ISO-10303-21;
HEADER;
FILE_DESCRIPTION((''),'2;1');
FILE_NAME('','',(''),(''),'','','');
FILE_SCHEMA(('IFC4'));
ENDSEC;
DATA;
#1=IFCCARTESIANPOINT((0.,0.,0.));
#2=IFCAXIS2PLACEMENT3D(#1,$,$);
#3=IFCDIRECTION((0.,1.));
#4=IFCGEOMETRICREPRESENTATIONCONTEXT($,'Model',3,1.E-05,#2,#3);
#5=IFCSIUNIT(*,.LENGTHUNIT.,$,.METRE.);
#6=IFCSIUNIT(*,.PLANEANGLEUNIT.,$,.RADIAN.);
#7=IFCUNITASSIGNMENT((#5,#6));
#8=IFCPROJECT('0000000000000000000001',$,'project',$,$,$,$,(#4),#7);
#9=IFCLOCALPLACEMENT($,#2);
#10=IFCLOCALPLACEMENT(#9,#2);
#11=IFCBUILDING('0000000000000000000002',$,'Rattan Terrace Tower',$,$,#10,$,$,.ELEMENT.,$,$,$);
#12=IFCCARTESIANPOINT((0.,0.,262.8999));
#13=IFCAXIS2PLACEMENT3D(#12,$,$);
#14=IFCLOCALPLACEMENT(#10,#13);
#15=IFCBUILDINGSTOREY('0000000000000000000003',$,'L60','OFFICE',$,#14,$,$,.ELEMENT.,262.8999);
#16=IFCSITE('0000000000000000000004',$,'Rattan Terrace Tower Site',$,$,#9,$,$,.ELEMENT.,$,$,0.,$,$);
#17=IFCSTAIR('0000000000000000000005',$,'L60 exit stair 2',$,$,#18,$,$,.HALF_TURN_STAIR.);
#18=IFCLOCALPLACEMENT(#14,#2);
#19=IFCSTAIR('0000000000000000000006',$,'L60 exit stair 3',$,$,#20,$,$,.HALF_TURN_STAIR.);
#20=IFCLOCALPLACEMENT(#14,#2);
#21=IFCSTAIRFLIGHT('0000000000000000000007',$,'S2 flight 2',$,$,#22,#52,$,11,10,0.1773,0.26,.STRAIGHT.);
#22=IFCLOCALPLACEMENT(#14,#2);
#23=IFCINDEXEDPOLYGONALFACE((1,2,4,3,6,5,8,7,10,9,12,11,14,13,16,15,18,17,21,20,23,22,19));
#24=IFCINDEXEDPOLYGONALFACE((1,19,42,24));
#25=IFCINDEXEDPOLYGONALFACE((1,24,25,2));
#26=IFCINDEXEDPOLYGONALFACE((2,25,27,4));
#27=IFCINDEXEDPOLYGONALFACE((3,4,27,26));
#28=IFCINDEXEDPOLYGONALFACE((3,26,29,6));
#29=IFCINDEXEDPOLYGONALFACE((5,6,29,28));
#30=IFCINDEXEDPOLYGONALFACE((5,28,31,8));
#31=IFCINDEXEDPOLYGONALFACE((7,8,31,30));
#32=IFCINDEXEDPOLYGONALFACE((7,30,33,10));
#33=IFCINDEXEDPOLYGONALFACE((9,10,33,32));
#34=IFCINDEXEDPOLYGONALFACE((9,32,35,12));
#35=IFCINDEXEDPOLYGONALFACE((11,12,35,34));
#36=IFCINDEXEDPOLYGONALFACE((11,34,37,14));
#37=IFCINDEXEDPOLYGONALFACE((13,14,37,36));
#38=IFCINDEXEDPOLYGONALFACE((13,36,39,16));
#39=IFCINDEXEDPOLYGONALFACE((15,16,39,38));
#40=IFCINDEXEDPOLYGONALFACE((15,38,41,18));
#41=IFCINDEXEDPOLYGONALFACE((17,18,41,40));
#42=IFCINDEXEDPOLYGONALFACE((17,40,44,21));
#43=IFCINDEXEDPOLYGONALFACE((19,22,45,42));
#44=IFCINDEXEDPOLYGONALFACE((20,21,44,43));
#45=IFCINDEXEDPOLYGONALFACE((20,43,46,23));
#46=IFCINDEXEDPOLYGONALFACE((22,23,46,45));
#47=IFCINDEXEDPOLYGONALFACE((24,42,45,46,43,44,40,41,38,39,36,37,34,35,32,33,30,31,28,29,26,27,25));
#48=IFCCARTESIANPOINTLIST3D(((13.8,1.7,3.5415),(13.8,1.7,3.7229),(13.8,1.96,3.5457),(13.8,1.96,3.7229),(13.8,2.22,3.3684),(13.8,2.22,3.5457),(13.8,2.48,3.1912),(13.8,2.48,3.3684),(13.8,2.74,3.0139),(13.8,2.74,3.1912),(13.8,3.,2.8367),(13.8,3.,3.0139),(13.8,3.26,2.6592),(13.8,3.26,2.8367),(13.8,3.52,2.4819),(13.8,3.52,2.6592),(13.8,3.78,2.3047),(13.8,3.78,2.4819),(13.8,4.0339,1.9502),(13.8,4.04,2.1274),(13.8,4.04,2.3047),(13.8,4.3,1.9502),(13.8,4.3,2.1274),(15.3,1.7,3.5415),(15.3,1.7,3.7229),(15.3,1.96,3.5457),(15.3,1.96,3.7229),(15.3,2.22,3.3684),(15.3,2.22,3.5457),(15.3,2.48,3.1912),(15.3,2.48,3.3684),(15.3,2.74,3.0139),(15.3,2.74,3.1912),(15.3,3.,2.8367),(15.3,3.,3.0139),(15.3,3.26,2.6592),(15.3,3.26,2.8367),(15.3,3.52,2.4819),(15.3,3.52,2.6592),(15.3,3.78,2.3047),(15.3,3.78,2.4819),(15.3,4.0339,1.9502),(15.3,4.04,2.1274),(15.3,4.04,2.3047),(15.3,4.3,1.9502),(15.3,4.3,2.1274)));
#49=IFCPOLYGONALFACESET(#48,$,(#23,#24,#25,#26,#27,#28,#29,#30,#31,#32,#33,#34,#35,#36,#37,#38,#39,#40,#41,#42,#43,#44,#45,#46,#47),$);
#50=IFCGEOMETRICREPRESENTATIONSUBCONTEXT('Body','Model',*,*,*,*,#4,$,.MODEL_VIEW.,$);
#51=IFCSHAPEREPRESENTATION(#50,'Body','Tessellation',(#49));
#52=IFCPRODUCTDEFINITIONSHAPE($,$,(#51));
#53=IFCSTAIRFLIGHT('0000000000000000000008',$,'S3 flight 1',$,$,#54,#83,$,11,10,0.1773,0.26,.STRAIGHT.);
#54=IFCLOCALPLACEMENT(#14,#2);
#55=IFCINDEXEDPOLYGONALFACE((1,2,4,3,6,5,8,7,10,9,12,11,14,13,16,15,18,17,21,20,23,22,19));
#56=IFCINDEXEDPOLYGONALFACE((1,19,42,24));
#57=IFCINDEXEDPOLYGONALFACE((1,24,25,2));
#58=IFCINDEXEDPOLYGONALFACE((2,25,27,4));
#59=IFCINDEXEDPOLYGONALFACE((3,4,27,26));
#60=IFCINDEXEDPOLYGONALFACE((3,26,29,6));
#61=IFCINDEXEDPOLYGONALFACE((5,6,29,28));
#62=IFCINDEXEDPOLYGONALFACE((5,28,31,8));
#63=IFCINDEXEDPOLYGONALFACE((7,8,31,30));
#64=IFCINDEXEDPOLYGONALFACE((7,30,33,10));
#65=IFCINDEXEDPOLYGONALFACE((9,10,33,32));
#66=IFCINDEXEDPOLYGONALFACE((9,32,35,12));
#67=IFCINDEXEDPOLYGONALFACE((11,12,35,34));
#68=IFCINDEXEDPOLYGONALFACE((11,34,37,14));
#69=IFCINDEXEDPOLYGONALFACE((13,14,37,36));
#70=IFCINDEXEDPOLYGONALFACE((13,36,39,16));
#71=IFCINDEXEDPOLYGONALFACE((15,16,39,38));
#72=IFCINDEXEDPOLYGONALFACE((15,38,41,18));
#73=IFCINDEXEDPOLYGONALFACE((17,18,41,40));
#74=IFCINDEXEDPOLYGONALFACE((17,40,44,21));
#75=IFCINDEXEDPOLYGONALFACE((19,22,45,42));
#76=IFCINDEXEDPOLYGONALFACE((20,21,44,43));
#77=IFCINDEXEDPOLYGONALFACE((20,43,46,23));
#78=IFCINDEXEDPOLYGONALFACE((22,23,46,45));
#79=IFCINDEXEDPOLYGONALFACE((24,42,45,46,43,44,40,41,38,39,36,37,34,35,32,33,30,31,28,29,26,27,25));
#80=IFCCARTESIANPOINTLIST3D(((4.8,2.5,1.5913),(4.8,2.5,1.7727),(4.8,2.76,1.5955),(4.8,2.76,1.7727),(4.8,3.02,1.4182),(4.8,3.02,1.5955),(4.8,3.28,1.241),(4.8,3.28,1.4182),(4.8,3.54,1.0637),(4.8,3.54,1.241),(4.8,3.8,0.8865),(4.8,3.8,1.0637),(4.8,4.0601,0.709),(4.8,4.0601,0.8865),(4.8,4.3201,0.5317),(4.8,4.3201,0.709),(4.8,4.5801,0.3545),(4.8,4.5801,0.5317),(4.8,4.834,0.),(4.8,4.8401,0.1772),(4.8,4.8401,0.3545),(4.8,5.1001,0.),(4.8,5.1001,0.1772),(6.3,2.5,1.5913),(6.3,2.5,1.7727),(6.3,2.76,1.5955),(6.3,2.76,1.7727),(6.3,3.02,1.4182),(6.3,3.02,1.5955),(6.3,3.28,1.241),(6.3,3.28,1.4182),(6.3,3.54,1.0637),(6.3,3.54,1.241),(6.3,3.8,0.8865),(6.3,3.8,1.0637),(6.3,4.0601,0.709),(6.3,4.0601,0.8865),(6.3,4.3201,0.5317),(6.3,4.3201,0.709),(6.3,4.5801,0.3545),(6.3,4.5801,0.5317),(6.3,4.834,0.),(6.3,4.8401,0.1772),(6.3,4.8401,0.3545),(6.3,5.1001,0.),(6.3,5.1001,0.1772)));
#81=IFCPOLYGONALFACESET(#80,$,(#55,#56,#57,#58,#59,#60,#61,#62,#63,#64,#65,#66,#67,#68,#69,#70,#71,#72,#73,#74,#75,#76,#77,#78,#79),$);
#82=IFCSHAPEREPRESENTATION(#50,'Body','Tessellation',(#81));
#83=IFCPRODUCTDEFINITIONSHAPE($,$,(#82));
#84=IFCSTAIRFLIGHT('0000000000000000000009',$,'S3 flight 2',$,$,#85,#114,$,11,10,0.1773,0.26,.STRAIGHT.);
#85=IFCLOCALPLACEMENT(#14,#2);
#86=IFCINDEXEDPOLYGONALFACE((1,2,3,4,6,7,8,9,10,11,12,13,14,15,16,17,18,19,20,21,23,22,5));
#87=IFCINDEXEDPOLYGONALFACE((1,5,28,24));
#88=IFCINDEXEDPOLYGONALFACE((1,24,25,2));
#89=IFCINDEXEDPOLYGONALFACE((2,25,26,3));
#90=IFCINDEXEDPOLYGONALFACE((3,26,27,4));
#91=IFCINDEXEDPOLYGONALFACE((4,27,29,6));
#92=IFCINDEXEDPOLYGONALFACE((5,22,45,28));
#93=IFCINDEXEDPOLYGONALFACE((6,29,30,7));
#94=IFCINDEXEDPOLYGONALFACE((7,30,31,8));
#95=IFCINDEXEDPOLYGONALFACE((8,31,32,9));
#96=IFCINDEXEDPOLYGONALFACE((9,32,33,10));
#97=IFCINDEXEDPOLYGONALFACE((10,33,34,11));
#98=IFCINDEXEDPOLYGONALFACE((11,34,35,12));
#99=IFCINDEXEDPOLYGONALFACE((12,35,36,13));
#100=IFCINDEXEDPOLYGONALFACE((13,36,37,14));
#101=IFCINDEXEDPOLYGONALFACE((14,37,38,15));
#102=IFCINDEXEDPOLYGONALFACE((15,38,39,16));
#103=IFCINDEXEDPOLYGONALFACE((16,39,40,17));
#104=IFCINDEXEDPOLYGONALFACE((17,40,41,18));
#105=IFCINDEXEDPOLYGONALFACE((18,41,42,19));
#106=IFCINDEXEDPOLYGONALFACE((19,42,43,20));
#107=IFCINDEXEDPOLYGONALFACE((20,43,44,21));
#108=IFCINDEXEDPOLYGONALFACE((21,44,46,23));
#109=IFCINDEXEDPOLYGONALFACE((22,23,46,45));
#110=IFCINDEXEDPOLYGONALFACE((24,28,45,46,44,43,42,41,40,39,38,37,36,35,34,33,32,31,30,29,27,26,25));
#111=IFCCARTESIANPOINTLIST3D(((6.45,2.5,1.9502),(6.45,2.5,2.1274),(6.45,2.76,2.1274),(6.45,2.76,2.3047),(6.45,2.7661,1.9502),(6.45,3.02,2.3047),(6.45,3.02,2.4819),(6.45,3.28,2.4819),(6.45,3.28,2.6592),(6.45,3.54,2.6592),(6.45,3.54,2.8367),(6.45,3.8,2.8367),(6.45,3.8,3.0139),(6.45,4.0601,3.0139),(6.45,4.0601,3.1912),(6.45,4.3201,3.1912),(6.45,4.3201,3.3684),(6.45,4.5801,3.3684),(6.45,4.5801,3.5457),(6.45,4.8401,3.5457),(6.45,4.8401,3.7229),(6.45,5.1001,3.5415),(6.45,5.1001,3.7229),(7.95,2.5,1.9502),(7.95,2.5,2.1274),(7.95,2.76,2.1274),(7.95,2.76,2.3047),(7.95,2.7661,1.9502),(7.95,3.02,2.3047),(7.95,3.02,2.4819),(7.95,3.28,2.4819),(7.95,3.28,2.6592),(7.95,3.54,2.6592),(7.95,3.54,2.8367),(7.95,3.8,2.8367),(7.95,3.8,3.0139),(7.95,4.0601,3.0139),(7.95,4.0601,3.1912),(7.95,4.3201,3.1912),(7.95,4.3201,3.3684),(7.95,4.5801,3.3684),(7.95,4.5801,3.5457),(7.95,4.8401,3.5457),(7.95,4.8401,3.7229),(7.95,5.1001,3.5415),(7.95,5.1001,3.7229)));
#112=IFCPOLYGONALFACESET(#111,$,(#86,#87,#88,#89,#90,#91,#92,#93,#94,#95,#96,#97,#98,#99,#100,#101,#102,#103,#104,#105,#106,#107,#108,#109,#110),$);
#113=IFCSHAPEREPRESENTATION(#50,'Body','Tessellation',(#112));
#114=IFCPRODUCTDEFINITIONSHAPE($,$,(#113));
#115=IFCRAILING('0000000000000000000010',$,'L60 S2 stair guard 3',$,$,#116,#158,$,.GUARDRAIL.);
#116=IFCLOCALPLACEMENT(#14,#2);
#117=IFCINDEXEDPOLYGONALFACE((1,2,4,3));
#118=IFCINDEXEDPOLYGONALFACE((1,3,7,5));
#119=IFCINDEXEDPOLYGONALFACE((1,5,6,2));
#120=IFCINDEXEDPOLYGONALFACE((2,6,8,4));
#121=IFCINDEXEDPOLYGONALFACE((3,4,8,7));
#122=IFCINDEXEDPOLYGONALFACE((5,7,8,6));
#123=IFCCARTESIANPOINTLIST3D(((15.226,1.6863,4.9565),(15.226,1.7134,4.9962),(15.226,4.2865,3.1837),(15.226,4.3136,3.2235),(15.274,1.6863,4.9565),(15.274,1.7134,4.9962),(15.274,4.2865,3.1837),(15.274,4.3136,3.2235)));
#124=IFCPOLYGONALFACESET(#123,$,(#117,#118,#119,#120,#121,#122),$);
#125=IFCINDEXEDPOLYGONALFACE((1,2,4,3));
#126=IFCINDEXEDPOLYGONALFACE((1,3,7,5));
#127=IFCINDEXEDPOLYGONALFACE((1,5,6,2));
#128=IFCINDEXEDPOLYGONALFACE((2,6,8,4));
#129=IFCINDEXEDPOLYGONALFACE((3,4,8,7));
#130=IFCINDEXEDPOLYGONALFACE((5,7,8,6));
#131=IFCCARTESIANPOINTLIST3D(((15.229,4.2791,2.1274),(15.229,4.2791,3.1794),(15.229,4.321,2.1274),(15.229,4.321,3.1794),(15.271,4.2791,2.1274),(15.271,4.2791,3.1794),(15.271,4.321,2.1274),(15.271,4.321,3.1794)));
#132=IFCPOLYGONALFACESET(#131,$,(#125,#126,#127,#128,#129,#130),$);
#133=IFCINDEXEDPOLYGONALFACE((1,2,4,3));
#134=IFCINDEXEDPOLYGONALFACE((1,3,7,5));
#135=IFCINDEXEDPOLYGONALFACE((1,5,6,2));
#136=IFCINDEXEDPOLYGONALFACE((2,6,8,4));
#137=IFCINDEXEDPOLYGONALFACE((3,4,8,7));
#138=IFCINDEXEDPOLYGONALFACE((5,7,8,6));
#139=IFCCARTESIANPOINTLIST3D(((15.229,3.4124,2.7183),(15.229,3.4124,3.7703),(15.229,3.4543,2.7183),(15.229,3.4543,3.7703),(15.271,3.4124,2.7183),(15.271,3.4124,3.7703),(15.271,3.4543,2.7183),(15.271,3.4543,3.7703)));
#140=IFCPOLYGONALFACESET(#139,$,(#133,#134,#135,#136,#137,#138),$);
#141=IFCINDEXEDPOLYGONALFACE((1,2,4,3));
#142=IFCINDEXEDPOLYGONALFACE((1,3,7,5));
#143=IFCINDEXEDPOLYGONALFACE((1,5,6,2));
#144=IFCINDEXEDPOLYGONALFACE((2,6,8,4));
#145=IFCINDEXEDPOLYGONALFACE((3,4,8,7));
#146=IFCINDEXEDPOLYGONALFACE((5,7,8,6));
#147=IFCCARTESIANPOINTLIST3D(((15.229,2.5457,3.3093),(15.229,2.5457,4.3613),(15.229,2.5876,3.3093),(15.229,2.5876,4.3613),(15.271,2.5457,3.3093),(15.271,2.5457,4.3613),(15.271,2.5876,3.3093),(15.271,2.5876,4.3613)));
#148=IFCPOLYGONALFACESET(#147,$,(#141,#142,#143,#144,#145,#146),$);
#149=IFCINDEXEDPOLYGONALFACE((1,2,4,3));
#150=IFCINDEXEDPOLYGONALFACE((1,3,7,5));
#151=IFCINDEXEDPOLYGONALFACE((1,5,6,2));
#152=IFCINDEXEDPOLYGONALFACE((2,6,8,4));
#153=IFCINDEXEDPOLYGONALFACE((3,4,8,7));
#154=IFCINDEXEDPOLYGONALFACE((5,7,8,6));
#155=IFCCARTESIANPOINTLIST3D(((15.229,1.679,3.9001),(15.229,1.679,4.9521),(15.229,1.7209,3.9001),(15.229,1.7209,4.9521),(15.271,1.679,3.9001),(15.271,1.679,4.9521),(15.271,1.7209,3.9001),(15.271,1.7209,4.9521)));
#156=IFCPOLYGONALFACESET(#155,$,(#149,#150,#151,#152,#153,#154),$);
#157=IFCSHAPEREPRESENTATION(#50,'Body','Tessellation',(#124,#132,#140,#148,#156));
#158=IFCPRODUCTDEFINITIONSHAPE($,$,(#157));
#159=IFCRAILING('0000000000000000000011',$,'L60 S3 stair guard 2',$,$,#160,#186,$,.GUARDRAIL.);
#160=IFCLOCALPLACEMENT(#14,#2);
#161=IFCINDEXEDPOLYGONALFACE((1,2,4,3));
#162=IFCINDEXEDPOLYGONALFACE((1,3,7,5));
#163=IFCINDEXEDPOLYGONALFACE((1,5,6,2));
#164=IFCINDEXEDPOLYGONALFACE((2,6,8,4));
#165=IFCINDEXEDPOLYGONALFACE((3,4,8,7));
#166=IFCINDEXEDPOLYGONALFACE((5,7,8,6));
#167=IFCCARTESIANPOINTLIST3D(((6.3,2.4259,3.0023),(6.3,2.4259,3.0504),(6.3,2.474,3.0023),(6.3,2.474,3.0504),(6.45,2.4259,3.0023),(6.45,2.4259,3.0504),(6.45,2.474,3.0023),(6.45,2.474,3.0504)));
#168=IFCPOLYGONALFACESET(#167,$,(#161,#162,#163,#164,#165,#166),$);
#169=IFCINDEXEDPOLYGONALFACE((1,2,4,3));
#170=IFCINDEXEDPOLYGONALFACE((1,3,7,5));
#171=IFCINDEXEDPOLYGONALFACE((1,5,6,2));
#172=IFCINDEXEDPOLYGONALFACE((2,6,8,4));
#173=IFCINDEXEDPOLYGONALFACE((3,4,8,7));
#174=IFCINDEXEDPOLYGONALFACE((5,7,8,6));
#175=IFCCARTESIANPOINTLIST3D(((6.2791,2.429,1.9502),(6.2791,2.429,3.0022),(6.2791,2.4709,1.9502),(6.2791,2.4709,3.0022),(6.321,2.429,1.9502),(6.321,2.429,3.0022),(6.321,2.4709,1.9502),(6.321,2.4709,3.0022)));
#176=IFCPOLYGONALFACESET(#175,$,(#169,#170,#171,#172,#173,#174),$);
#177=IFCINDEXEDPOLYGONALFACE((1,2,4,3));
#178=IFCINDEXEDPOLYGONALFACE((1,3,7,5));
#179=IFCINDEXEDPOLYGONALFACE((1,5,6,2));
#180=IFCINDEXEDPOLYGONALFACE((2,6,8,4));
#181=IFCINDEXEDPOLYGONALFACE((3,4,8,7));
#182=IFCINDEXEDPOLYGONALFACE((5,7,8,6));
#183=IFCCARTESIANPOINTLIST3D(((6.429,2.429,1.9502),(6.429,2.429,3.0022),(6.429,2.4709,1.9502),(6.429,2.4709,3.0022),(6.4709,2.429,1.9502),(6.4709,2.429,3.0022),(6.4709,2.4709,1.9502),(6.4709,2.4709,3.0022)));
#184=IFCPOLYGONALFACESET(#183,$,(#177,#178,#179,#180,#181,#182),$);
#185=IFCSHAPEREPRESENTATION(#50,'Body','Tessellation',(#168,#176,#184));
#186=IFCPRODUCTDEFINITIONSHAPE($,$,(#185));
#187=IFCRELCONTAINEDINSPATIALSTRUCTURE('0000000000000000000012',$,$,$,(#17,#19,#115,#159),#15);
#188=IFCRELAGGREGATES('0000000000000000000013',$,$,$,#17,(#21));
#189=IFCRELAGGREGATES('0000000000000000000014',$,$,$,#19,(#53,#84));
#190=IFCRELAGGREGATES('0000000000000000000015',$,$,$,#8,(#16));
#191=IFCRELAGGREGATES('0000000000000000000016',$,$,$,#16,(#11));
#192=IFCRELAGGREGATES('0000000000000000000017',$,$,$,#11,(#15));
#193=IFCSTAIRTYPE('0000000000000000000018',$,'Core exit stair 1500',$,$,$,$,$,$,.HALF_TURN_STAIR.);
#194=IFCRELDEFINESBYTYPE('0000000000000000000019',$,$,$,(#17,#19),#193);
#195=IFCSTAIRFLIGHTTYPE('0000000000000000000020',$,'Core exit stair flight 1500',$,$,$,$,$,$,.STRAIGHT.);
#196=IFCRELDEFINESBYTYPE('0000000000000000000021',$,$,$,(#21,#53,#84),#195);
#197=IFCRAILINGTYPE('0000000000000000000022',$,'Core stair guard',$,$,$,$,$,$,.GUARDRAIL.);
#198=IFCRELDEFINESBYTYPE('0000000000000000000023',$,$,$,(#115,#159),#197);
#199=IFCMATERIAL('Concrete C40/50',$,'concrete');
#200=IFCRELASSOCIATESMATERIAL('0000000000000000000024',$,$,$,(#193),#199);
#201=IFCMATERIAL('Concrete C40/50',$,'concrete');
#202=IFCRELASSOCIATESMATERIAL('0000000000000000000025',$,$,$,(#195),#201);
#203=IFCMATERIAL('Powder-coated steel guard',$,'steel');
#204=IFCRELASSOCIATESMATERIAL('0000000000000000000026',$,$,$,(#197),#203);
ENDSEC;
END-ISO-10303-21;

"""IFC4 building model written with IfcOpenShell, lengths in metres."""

from ifc_helpers import new_model, si_unit, direction, frame, origin, origin_2d, place, context, subcontext, project, spatial, polyline, rectangle, outline, extrude, material, type_object, element, aggregate, save


model = new_model("IFC4")

# Units and contexts
model_context = context("Model", 3, precision=1e-05, world=origin(), true_north=direction((0.0, 1.0)))
body_context = subcontext(model_context, "Body", "Model", "MODEL_VIEW")
ifc_project = project(units=[si_unit("LENGTHUNIT", "METRE"), si_unit("PLANEANGLEUNIT", "RADIAN")], contexts=[model_context])

# Site, building, storey
site_placement = place(None, origin())
site = spatial("IfcSite", under=ifc_project, at=site_placement, Name="Rattan Terrace Tower Site", CompositionType="ELEMENT", RefElevation=0.0)
building_placement = place(site_placement, origin())
building = spatial("IfcBuilding", under=site, at=building_placement, Name="Rattan Terrace Tower", CompositionType="ELEMENT")
storey_placement = place(building_placement, frame((0.0, 0.0, 262.8999)))
storey = spatial("IfcBuildingStorey", under=building, at=storey_placement, Name="L60", Description="OFFICE", CompositionType="ELEMENT", Elevation=262.8999)

# Stairs
ifc_material_1 = material(Name="Concrete C40/50", Category="concrete")
stair_type = type_object("IfcStairType", Name="Core exit stair 1500", PredefinedType="HALF_TURN_STAIR", material=ifc_material_1)
stair_1_placement = place(storey_placement, origin())
stair_1 = element("IfcStair", 1, at=stair_1_placement, inside=storey, type_object=stair_type, Name="L60 exit stair 2", PredefinedType="HALF_TURN_STAIR")
stair_2_placement = place(storey_placement, origin())
stair_2 = element("IfcStair", 2, at=stair_2_placement, inside=storey, type_object=stair_type, Name="L60 exit stair 3", PredefinedType="HALF_TURN_STAIR")

# Stair flights
ifc_material_2 = material(Name="Concrete C40/50", Category="concrete")
stair_flight_type = type_object("IfcStairFlightType", Name="Core exit stair flight 1500", PredefinedType="STRAIGHT", material=ifc_material_2)
stair_flight_1_placement = place(storey_placement, frame((14.55, 4.3, 1.9502), z_axis=(0.0, 0.0, 1.0), x_axis=(0.0, -1.0, 0.0)))
stair_flight_1 = element("IfcStairFlight", 3, at=stair_flight_1_placement, type_object=stair_flight_type, Name="S2 flight 2", NumberOfRisers=11, NumberOfTreads=10, PredefinedType="STRAIGHT", RiserHeight=0.1773, TreadLength=0.26, context=body_context, shape_type="SweptSolid", body=[
    extrude(outline(polyline([(0.0, 0.0), (0.0, 0.1772), (0.26, 0.1772), (0.26, 0.3545), (0.52, 0.3545), (0.52, 0.5317), (0.78, 0.5317), (0.78, 0.709), (1.04, 0.709), (1.04, 0.8865), (1.3, 0.8865), (1.3, 1.0637), (1.5601, 1.0637), (1.5601, 1.241), (1.8201, 1.241), (1.8201, 1.4182), (2.0801, 1.4182), (2.0801, 1.5955), (2.3401, 1.5955), (2.3401, 1.7727), (2.6001, 1.7727), (2.6001, 1.95), (2.6001, 1.5913), (0.2661, 0.0), (0.0, 0.0)])), frame((0.0, 0.75, 0.0), z_axis=(0.0, -1.0, 0.0), x_axis=(1.0, 0.0, 0.0)), (0.0, 0.0, 1.0), 1.5),
])
aggregate(stair_1, [stair_flight_1])
stair_flight_2_placement = place(storey_placement, frame((5.55, 5.1001, 0.0), z_axis=(0.0, 0.0, 1.0), x_axis=(0.0, -1.0, 0.0)))
stair_flight_2 = element("IfcStairFlight", 4, at=stair_flight_2_placement, type_object=stair_flight_type, Name="S3 flight 1", NumberOfRisers=11, NumberOfTreads=10, PredefinedType="STRAIGHT", RiserHeight=0.1773, TreadLength=0.26, context=body_context, shape_type="SweptSolid", body=[
    extrude(outline(polyline([(0.0, 0.0), (0.0, 0.1772), (0.26, 0.1772), (0.26, 0.3545), (0.52, 0.3545), (0.52, 0.5317), (0.78, 0.5317), (0.78, 0.709), (1.04, 0.709), (1.04, 0.8865), (1.3, 0.8865), (1.3, 1.0637), (1.5601, 1.0637), (1.5601, 1.241), (1.8201, 1.241), (1.8201, 1.4182), (2.0801, 1.4182), (2.0801, 1.5955), (2.3401, 1.5955), (2.3401, 1.7727), (2.6001, 1.7727), (2.6001, 1.95), (2.6001, 1.5913), (0.2661, 0.0), (0.0, 0.0)])), frame((0.0, 0.75, 0.0), z_axis=(0.0, -1.0, 0.0), x_axis=(1.0, 0.0, 0.0)), (0.0, 0.0, 1.0), 1.5),
])
stair_flight_3_placement = place(storey_placement, frame((7.2, 2.5, 1.9502), z_axis=(0.0, 0.0, 1.0), x_axis=(0.0, 1.0, 0.0)))
stair_flight_3 = element("IfcStairFlight", 5, at=stair_flight_3_placement, type_object=stair_flight_type, Name="S3 flight 2", NumberOfRisers=11, NumberOfTreads=10, PredefinedType="STRAIGHT", RiserHeight=0.1773, TreadLength=0.26, context=body_context, shape_type="SweptSolid", body=[
    extrude(outline(polyline([(0.0, 0.0), (0.0, 0.1772), (0.26, 0.1772), (0.26, 0.3545), (0.52, 0.3545), (0.52, 0.5317), (0.78, 0.5317), (0.78, 0.709), (1.04, 0.709), (1.04, 0.8865), (1.3, 0.8865), (1.3, 1.0637), (1.5601, 1.0637), (1.5601, 1.241), (1.8201, 1.241), (1.8201, 1.4182), (2.0801, 1.4182), (2.0801, 1.5955), (2.3401, 1.5955), (2.3401, 1.7727), (2.6001, 1.7727), (2.6001, 1.95), (2.6001, 1.5913), (0.2661, 0.0), (0.0, 0.0)])), frame((0.0, 0.75, 0.0), z_axis=(0.0, -1.0, 0.0), x_axis=(1.0, 0.0, 0.0)), (0.0, 0.0, 1.0), 1.5),
])
aggregate(stair_2, [stair_flight_2, stair_flight_3])

# Railings
ifc_material_3 = material(Name="Powder-coated steel guard", Category="steel")
railing_type_1 = type_object("IfcRailingType", Name="Core stair guard", PredefinedType="GUARDRAIL", material=ifc_material_3)
railing_1_placement = place(storey_placement, frame((15.25, 4.3, 2.1274)))
element("IfcRailing", 6, at=railing_1_placement, inside=storey, type_object=railing_type_1, Name="L60 S2 stair guard 3", PredefinedType="GUARDRAIL", context=body_context, shape_type="SweptSolid", body=[
    extrude(rectangle(XDim=0.0481, YDim=0.0481, at=origin_2d()), frame((0.0, 0.0, 1.0762), z_axis=(0.0, -0.82624, 0.563318), x_axis=(1.0, 0.0, 0.0)), (0.0, 0.0, 1.0), 3.147),
    extrude(rectangle(XDim=0.042, YDim=0.042, at=origin_2d()), origin(), (0.0, 0.0, 1.0), 1.052),
    extrude(rectangle(XDim=0.042, YDim=0.042, at=origin_2d()), frame((0.0, -0.8667, 0.5908)), (0.0, 0.0, 1.0), 1.052),
    extrude(rectangle(XDim=0.042, YDim=0.042, at=origin_2d()), frame((0.0, -1.7334, 1.1819)), (0.0, 0.0, 1.0), 1.052),
    extrude(rectangle(XDim=0.042, YDim=0.042, at=origin_2d()), frame((0.0, -2.6001, 1.7727)), (0.0, 0.0, 1.0), 1.052),
])
railing_2_placement = place(storey_placement, frame((6.3, 2.45, 1.9502)))
element("IfcRailing", 7, at=railing_2_placement, inside=storey, type_object=railing_type_1, Name="L60 S3 stair guard 2", PredefinedType="GUARDRAIL", context=body_context, shape_type="SweptSolid", body=[
    extrude(rectangle(XDim=0.0481, YDim=0.0481, at=origin_2d()), frame((0.0, 0.0, 1.0762), z_axis=(1.0, 0.0, 0.0), x_axis=(0.0, 1.0, 0.0)), (0.0, 0.0, 1.0), 0.1499),
    extrude(rectangle(XDim=0.042, YDim=0.042, at=origin_2d()), origin(), (0.0, 0.0, 1.0), 1.052),
    extrude(rectangle(XDim=0.042, YDim=0.042, at=origin_2d()), frame((0.1499, 0.0, 0.0)), (0.0, 0.0, 1.0), 1.052),
])

save(model, "model.ifc")
